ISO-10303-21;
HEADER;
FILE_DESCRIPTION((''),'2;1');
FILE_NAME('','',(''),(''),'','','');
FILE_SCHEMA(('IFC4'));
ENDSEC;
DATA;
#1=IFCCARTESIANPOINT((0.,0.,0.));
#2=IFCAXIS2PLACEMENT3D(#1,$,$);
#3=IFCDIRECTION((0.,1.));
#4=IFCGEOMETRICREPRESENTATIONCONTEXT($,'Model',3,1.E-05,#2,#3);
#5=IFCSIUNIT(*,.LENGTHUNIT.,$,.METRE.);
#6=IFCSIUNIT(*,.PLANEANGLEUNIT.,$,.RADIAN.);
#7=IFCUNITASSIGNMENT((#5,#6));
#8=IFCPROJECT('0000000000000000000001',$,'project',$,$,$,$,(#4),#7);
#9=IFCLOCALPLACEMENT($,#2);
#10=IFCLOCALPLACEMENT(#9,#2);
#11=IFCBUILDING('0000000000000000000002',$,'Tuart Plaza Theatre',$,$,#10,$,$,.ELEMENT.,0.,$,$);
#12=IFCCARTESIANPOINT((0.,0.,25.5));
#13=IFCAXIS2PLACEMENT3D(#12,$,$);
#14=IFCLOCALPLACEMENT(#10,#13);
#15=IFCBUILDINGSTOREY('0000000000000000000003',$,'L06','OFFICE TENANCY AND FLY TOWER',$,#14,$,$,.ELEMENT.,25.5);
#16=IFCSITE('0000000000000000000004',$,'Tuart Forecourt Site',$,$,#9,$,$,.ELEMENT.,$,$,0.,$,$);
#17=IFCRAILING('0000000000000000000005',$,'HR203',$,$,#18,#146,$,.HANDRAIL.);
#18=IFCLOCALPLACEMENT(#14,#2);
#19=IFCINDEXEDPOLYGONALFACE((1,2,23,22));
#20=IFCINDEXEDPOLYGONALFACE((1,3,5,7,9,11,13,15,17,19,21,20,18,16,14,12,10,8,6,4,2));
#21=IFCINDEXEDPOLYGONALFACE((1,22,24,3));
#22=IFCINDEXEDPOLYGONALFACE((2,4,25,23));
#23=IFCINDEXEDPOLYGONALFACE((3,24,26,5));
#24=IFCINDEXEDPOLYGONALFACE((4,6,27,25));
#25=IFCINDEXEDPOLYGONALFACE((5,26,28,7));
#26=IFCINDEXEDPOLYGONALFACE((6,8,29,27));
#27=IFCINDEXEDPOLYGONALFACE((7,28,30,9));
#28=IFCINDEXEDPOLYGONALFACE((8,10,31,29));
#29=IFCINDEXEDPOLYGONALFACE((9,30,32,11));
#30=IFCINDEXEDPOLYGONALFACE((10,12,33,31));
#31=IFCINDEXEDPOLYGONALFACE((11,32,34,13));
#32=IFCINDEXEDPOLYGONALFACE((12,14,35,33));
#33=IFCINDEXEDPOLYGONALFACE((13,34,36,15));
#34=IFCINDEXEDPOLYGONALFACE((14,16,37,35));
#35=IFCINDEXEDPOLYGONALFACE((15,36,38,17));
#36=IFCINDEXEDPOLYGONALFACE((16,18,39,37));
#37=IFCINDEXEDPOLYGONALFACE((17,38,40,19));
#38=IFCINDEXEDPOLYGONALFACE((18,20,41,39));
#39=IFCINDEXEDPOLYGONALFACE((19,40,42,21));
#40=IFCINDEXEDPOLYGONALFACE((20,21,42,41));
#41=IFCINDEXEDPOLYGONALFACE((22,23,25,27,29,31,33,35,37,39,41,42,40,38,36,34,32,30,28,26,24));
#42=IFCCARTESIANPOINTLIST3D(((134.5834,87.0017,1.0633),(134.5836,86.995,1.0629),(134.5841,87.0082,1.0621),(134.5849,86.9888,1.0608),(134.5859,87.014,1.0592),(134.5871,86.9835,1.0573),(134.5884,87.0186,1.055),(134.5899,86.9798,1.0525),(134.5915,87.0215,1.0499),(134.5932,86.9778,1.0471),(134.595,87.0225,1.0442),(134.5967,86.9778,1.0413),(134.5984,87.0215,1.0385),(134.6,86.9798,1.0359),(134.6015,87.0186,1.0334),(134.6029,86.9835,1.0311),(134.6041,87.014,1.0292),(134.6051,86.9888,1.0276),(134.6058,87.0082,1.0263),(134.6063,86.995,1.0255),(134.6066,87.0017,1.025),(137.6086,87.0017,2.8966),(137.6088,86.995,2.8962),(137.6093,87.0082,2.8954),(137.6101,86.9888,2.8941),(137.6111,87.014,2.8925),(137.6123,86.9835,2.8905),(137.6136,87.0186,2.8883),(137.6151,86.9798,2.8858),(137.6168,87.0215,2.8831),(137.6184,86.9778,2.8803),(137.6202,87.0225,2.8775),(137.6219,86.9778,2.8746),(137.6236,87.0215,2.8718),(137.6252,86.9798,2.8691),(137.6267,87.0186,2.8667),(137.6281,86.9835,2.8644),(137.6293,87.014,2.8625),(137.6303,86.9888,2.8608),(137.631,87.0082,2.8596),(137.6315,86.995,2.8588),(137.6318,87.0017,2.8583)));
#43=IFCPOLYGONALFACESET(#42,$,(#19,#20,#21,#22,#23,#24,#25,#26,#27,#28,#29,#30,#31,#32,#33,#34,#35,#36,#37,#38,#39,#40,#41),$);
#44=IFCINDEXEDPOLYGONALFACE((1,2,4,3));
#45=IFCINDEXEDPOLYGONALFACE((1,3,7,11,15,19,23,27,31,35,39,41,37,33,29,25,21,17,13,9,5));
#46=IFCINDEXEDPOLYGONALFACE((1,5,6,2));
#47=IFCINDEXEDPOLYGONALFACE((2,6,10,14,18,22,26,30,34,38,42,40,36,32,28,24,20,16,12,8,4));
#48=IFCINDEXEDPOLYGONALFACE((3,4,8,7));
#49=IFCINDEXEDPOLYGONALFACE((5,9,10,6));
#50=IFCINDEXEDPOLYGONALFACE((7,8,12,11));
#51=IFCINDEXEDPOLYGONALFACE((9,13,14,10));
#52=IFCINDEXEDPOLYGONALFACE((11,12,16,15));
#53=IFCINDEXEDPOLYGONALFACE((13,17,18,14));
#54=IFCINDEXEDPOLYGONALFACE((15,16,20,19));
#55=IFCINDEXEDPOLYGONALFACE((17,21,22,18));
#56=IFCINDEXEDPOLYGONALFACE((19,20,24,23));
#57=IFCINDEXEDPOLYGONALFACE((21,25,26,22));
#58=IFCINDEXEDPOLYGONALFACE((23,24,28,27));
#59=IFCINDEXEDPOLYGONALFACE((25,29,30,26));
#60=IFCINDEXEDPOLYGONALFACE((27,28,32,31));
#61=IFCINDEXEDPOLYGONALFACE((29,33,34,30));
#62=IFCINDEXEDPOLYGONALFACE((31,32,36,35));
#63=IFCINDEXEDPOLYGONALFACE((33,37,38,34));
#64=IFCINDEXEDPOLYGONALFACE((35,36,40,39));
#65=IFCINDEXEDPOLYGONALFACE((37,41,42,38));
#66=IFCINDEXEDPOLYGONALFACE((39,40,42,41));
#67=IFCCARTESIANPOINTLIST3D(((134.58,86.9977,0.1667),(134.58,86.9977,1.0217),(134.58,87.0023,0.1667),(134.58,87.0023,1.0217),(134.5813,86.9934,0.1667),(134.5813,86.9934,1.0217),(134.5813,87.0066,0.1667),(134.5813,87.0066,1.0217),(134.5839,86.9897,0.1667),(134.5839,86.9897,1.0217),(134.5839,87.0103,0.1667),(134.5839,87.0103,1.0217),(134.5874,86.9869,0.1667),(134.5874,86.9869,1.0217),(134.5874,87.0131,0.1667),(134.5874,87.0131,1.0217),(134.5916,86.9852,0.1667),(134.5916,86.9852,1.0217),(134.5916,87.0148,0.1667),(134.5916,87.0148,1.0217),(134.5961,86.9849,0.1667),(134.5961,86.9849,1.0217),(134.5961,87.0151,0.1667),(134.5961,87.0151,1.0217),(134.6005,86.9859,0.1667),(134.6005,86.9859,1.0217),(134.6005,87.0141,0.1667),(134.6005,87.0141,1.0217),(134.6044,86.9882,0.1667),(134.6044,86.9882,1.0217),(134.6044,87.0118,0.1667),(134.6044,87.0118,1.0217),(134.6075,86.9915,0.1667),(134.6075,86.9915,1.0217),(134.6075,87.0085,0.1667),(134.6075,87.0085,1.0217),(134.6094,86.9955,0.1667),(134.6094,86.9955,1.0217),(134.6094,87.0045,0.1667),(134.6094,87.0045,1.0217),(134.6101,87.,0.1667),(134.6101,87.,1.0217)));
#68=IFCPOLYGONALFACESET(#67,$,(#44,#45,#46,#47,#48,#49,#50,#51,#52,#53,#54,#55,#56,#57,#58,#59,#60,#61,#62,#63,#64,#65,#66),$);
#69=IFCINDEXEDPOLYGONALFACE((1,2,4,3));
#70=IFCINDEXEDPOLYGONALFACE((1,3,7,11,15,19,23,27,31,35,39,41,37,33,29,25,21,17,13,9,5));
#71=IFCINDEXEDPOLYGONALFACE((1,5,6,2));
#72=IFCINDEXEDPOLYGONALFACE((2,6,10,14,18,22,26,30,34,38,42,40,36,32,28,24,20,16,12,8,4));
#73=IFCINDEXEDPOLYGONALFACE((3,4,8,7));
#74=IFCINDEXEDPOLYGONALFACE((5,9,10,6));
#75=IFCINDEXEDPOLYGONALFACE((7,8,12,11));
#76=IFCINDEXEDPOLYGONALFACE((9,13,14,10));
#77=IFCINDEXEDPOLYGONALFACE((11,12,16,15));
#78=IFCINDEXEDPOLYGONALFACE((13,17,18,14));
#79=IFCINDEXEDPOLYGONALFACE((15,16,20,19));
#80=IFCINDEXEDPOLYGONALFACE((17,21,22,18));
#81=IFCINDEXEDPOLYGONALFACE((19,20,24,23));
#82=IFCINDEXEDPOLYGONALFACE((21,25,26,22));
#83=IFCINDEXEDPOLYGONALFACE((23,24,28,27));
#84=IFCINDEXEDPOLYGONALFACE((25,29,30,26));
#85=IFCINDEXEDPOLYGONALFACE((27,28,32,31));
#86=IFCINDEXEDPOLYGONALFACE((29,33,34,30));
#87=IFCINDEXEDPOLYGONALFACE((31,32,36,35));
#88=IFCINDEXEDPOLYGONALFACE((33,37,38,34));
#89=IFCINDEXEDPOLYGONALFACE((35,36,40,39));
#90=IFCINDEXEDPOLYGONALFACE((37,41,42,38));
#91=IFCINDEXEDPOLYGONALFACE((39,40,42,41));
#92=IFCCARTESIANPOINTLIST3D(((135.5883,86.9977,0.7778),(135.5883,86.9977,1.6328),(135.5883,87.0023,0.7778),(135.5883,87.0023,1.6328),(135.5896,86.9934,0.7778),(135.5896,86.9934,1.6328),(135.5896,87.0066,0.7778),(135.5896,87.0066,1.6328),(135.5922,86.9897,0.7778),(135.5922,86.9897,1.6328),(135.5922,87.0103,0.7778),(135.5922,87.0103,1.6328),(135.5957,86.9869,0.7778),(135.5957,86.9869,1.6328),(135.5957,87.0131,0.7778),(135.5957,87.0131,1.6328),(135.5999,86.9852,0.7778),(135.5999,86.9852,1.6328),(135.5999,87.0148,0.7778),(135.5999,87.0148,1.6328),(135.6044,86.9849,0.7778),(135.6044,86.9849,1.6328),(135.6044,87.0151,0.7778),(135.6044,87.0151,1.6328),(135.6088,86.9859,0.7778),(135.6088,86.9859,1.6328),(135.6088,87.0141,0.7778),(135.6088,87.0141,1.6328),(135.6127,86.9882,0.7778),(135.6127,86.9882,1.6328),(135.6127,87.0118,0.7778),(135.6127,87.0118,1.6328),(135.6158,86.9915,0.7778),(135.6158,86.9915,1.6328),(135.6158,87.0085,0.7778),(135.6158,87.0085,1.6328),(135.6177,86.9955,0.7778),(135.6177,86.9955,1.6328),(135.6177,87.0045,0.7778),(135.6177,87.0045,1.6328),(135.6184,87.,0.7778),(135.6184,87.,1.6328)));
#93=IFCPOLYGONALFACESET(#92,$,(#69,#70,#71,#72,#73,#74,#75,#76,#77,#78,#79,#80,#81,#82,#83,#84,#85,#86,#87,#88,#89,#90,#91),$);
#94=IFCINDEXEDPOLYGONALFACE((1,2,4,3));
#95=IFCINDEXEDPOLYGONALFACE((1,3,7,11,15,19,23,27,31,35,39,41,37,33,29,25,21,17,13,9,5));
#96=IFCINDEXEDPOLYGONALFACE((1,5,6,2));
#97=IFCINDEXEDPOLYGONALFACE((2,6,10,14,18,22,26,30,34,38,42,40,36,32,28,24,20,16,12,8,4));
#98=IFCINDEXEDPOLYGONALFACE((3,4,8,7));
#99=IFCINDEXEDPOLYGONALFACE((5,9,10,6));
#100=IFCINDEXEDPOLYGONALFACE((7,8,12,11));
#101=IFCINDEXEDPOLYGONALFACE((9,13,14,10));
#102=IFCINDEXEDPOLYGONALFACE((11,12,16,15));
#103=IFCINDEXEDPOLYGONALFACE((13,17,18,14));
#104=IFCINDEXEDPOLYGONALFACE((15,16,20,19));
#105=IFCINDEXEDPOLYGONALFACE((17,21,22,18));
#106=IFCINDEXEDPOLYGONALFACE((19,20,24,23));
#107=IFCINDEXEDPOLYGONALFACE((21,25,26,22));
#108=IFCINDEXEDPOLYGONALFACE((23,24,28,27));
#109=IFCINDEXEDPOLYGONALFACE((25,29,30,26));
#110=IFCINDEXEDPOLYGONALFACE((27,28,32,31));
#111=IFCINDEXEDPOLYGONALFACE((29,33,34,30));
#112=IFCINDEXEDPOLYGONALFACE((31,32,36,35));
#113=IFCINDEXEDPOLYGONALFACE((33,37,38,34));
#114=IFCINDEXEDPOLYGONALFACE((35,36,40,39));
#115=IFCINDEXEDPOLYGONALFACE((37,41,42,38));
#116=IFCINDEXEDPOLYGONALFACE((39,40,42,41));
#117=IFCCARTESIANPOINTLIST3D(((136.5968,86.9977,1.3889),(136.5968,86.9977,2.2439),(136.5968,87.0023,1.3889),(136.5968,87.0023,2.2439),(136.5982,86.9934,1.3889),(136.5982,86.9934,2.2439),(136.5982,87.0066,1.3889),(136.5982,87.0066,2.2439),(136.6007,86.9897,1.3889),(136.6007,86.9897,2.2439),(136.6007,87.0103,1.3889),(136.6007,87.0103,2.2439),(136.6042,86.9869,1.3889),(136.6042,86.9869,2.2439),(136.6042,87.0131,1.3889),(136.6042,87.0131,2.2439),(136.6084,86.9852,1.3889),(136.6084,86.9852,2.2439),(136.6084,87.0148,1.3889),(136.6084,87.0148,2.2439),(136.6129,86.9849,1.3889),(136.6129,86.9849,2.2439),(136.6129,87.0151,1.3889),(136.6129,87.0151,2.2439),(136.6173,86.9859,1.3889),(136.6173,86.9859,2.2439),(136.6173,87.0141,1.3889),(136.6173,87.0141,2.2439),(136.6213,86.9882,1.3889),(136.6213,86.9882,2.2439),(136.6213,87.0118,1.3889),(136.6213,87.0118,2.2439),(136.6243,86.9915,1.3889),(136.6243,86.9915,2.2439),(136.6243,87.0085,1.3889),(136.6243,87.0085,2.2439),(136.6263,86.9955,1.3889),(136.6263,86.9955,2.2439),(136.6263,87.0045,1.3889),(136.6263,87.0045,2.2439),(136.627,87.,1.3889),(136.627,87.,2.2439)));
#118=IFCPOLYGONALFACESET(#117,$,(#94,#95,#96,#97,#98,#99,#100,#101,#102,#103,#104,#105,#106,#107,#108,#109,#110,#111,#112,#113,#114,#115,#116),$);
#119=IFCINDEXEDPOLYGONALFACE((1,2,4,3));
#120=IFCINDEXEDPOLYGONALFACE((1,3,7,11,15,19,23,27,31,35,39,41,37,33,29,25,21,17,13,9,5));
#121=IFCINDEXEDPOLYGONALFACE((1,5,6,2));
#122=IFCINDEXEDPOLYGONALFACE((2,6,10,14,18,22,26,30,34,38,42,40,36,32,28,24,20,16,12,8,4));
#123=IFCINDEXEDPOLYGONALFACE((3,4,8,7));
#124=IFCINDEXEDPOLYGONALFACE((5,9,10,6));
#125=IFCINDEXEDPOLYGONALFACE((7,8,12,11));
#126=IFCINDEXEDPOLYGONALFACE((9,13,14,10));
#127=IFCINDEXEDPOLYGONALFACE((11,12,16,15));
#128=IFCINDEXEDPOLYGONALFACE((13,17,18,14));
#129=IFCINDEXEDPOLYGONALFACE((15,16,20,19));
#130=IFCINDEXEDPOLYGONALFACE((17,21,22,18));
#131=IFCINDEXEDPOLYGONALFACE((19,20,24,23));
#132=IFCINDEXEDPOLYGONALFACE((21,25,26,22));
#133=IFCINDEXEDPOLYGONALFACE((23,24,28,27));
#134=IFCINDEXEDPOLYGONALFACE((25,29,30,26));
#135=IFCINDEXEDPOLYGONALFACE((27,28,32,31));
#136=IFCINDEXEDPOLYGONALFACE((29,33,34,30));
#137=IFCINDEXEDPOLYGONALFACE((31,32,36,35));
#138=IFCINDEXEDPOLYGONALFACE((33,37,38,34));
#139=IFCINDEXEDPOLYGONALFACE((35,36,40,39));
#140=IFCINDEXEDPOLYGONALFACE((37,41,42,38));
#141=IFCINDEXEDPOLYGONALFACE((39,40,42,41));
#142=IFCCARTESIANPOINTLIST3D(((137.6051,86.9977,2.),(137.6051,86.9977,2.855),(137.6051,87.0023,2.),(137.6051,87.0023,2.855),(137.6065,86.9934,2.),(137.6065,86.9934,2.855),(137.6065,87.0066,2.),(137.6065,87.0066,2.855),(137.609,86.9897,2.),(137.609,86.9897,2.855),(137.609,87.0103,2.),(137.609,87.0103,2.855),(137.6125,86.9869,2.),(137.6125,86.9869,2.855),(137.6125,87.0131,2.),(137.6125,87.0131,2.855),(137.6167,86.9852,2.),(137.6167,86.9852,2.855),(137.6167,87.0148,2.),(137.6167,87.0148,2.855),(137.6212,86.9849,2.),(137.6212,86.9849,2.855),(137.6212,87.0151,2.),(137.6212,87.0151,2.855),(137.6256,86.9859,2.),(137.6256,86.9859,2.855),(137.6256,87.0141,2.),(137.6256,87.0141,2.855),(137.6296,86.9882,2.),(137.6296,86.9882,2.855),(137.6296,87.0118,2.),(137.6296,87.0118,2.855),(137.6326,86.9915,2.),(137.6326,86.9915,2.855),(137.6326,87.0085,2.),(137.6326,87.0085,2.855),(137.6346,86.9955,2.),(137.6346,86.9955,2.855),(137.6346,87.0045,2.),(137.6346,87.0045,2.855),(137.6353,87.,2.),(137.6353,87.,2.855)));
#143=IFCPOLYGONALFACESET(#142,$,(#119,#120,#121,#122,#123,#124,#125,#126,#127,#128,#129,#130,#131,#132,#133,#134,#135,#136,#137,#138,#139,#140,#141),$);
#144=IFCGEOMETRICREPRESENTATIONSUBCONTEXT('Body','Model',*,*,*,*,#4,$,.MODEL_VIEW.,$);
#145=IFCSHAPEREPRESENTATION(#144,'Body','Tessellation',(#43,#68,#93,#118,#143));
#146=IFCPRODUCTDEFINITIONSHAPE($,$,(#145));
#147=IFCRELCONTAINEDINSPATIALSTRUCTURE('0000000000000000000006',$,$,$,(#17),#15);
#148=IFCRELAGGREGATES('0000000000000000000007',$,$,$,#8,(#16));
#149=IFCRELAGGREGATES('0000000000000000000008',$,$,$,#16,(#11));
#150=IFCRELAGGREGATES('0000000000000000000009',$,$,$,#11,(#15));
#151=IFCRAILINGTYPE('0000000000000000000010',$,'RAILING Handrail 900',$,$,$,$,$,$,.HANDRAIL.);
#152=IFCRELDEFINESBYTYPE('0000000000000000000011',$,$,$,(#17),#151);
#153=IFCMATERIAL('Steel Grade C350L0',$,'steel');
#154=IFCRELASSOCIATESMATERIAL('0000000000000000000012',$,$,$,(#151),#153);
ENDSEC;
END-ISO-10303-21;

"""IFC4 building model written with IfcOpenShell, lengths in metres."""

from ifc_helpers import new_model, si_unit, direction, frame, origin, origin_2d, place, context, subcontext, project, spatial, circle, extrude, material, type_object, element, save


model = new_model("IFC4")

# Units and contexts
model_context = context("Model", 3, precision=1e-05, world=origin(), true_north=direction((0.0, 1.0)))
body_context = subcontext(model_context, "Body", "Model", "MODEL_VIEW")
ifc_project = project(units=[si_unit("LENGTHUNIT", "METRE"), si_unit("PLANEANGLEUNIT", "RADIAN")], contexts=[model_context])

# Site, building, storey
site_placement = place(None, origin())
site = spatial("IfcSite", under=ifc_project, at=site_placement, Name="Tuart Forecourt Site", CompositionType="ELEMENT", RefElevation=0.0)
building_placement = place(site_placement, origin())
building = spatial("IfcBuilding", under=site, at=building_placement, Name="Tuart Plaza Theatre", CompositionType="ELEMENT", ElevationOfRefHeight=0.0)
storey_placement = place(building_placement, frame((0.0, 0.0, 25.5)))
storey = spatial("IfcBuildingStorey", under=building, at=storey_placement, Name="L06", Description="OFFICE TENANCY AND FLY TOWER", CompositionType="ELEMENT", Elevation=25.5)

# Railing
ifc_material_1 = material(Name="Steel Grade C350L0", Category="steel")
railing_type_1 = type_object("IfcRailingType", Name="RAILING Handrail 900", PredefinedType="HANDRAIL", material=ifc_material_1)
for number, where, name in (
    (1, (134.595, 87.0, 0.1667), "HR203"),
):
    element("IfcRailing", number, at=place(storey_placement, frame(where)), inside=storey, type_object=railing_type_1, Name=name, PredefinedType="HANDRAIL", context=body_context, shape_type="SweptSolid", body=[
        extrude(circle(Radius=0.0225, at=origin_2d()), frame((0.0, 0.0, 0.8774), z_axis=(0.855219, 0.0, 0.518267), x_axis=(0.0, 1.0, 0.0)), (0.0, 0.0, 1.0), 3.5374),
        extrude(circle(Radius=0.0151, at=origin_2d()), origin(), (0.0, 0.0, 1.0), 0.855),
        extrude(circle(Radius=0.0151, at=origin_2d()), frame((1.0083, 0.0, 0.6111)), (0.0, 0.0, 1.0), 0.855),
        extrude(circle(Radius=0.0151, at=origin_2d()), frame((2.0168, 0.0, 1.2222)), (0.0, 0.0, 1.0), 0.855),
        extrude(circle(Radius=0.0151, at=origin_2d()), frame((3.0251, 0.0, 1.8333)), (0.0, 0.0, 1.0), 0.855),
    ])

save(model, "model.ifc")
